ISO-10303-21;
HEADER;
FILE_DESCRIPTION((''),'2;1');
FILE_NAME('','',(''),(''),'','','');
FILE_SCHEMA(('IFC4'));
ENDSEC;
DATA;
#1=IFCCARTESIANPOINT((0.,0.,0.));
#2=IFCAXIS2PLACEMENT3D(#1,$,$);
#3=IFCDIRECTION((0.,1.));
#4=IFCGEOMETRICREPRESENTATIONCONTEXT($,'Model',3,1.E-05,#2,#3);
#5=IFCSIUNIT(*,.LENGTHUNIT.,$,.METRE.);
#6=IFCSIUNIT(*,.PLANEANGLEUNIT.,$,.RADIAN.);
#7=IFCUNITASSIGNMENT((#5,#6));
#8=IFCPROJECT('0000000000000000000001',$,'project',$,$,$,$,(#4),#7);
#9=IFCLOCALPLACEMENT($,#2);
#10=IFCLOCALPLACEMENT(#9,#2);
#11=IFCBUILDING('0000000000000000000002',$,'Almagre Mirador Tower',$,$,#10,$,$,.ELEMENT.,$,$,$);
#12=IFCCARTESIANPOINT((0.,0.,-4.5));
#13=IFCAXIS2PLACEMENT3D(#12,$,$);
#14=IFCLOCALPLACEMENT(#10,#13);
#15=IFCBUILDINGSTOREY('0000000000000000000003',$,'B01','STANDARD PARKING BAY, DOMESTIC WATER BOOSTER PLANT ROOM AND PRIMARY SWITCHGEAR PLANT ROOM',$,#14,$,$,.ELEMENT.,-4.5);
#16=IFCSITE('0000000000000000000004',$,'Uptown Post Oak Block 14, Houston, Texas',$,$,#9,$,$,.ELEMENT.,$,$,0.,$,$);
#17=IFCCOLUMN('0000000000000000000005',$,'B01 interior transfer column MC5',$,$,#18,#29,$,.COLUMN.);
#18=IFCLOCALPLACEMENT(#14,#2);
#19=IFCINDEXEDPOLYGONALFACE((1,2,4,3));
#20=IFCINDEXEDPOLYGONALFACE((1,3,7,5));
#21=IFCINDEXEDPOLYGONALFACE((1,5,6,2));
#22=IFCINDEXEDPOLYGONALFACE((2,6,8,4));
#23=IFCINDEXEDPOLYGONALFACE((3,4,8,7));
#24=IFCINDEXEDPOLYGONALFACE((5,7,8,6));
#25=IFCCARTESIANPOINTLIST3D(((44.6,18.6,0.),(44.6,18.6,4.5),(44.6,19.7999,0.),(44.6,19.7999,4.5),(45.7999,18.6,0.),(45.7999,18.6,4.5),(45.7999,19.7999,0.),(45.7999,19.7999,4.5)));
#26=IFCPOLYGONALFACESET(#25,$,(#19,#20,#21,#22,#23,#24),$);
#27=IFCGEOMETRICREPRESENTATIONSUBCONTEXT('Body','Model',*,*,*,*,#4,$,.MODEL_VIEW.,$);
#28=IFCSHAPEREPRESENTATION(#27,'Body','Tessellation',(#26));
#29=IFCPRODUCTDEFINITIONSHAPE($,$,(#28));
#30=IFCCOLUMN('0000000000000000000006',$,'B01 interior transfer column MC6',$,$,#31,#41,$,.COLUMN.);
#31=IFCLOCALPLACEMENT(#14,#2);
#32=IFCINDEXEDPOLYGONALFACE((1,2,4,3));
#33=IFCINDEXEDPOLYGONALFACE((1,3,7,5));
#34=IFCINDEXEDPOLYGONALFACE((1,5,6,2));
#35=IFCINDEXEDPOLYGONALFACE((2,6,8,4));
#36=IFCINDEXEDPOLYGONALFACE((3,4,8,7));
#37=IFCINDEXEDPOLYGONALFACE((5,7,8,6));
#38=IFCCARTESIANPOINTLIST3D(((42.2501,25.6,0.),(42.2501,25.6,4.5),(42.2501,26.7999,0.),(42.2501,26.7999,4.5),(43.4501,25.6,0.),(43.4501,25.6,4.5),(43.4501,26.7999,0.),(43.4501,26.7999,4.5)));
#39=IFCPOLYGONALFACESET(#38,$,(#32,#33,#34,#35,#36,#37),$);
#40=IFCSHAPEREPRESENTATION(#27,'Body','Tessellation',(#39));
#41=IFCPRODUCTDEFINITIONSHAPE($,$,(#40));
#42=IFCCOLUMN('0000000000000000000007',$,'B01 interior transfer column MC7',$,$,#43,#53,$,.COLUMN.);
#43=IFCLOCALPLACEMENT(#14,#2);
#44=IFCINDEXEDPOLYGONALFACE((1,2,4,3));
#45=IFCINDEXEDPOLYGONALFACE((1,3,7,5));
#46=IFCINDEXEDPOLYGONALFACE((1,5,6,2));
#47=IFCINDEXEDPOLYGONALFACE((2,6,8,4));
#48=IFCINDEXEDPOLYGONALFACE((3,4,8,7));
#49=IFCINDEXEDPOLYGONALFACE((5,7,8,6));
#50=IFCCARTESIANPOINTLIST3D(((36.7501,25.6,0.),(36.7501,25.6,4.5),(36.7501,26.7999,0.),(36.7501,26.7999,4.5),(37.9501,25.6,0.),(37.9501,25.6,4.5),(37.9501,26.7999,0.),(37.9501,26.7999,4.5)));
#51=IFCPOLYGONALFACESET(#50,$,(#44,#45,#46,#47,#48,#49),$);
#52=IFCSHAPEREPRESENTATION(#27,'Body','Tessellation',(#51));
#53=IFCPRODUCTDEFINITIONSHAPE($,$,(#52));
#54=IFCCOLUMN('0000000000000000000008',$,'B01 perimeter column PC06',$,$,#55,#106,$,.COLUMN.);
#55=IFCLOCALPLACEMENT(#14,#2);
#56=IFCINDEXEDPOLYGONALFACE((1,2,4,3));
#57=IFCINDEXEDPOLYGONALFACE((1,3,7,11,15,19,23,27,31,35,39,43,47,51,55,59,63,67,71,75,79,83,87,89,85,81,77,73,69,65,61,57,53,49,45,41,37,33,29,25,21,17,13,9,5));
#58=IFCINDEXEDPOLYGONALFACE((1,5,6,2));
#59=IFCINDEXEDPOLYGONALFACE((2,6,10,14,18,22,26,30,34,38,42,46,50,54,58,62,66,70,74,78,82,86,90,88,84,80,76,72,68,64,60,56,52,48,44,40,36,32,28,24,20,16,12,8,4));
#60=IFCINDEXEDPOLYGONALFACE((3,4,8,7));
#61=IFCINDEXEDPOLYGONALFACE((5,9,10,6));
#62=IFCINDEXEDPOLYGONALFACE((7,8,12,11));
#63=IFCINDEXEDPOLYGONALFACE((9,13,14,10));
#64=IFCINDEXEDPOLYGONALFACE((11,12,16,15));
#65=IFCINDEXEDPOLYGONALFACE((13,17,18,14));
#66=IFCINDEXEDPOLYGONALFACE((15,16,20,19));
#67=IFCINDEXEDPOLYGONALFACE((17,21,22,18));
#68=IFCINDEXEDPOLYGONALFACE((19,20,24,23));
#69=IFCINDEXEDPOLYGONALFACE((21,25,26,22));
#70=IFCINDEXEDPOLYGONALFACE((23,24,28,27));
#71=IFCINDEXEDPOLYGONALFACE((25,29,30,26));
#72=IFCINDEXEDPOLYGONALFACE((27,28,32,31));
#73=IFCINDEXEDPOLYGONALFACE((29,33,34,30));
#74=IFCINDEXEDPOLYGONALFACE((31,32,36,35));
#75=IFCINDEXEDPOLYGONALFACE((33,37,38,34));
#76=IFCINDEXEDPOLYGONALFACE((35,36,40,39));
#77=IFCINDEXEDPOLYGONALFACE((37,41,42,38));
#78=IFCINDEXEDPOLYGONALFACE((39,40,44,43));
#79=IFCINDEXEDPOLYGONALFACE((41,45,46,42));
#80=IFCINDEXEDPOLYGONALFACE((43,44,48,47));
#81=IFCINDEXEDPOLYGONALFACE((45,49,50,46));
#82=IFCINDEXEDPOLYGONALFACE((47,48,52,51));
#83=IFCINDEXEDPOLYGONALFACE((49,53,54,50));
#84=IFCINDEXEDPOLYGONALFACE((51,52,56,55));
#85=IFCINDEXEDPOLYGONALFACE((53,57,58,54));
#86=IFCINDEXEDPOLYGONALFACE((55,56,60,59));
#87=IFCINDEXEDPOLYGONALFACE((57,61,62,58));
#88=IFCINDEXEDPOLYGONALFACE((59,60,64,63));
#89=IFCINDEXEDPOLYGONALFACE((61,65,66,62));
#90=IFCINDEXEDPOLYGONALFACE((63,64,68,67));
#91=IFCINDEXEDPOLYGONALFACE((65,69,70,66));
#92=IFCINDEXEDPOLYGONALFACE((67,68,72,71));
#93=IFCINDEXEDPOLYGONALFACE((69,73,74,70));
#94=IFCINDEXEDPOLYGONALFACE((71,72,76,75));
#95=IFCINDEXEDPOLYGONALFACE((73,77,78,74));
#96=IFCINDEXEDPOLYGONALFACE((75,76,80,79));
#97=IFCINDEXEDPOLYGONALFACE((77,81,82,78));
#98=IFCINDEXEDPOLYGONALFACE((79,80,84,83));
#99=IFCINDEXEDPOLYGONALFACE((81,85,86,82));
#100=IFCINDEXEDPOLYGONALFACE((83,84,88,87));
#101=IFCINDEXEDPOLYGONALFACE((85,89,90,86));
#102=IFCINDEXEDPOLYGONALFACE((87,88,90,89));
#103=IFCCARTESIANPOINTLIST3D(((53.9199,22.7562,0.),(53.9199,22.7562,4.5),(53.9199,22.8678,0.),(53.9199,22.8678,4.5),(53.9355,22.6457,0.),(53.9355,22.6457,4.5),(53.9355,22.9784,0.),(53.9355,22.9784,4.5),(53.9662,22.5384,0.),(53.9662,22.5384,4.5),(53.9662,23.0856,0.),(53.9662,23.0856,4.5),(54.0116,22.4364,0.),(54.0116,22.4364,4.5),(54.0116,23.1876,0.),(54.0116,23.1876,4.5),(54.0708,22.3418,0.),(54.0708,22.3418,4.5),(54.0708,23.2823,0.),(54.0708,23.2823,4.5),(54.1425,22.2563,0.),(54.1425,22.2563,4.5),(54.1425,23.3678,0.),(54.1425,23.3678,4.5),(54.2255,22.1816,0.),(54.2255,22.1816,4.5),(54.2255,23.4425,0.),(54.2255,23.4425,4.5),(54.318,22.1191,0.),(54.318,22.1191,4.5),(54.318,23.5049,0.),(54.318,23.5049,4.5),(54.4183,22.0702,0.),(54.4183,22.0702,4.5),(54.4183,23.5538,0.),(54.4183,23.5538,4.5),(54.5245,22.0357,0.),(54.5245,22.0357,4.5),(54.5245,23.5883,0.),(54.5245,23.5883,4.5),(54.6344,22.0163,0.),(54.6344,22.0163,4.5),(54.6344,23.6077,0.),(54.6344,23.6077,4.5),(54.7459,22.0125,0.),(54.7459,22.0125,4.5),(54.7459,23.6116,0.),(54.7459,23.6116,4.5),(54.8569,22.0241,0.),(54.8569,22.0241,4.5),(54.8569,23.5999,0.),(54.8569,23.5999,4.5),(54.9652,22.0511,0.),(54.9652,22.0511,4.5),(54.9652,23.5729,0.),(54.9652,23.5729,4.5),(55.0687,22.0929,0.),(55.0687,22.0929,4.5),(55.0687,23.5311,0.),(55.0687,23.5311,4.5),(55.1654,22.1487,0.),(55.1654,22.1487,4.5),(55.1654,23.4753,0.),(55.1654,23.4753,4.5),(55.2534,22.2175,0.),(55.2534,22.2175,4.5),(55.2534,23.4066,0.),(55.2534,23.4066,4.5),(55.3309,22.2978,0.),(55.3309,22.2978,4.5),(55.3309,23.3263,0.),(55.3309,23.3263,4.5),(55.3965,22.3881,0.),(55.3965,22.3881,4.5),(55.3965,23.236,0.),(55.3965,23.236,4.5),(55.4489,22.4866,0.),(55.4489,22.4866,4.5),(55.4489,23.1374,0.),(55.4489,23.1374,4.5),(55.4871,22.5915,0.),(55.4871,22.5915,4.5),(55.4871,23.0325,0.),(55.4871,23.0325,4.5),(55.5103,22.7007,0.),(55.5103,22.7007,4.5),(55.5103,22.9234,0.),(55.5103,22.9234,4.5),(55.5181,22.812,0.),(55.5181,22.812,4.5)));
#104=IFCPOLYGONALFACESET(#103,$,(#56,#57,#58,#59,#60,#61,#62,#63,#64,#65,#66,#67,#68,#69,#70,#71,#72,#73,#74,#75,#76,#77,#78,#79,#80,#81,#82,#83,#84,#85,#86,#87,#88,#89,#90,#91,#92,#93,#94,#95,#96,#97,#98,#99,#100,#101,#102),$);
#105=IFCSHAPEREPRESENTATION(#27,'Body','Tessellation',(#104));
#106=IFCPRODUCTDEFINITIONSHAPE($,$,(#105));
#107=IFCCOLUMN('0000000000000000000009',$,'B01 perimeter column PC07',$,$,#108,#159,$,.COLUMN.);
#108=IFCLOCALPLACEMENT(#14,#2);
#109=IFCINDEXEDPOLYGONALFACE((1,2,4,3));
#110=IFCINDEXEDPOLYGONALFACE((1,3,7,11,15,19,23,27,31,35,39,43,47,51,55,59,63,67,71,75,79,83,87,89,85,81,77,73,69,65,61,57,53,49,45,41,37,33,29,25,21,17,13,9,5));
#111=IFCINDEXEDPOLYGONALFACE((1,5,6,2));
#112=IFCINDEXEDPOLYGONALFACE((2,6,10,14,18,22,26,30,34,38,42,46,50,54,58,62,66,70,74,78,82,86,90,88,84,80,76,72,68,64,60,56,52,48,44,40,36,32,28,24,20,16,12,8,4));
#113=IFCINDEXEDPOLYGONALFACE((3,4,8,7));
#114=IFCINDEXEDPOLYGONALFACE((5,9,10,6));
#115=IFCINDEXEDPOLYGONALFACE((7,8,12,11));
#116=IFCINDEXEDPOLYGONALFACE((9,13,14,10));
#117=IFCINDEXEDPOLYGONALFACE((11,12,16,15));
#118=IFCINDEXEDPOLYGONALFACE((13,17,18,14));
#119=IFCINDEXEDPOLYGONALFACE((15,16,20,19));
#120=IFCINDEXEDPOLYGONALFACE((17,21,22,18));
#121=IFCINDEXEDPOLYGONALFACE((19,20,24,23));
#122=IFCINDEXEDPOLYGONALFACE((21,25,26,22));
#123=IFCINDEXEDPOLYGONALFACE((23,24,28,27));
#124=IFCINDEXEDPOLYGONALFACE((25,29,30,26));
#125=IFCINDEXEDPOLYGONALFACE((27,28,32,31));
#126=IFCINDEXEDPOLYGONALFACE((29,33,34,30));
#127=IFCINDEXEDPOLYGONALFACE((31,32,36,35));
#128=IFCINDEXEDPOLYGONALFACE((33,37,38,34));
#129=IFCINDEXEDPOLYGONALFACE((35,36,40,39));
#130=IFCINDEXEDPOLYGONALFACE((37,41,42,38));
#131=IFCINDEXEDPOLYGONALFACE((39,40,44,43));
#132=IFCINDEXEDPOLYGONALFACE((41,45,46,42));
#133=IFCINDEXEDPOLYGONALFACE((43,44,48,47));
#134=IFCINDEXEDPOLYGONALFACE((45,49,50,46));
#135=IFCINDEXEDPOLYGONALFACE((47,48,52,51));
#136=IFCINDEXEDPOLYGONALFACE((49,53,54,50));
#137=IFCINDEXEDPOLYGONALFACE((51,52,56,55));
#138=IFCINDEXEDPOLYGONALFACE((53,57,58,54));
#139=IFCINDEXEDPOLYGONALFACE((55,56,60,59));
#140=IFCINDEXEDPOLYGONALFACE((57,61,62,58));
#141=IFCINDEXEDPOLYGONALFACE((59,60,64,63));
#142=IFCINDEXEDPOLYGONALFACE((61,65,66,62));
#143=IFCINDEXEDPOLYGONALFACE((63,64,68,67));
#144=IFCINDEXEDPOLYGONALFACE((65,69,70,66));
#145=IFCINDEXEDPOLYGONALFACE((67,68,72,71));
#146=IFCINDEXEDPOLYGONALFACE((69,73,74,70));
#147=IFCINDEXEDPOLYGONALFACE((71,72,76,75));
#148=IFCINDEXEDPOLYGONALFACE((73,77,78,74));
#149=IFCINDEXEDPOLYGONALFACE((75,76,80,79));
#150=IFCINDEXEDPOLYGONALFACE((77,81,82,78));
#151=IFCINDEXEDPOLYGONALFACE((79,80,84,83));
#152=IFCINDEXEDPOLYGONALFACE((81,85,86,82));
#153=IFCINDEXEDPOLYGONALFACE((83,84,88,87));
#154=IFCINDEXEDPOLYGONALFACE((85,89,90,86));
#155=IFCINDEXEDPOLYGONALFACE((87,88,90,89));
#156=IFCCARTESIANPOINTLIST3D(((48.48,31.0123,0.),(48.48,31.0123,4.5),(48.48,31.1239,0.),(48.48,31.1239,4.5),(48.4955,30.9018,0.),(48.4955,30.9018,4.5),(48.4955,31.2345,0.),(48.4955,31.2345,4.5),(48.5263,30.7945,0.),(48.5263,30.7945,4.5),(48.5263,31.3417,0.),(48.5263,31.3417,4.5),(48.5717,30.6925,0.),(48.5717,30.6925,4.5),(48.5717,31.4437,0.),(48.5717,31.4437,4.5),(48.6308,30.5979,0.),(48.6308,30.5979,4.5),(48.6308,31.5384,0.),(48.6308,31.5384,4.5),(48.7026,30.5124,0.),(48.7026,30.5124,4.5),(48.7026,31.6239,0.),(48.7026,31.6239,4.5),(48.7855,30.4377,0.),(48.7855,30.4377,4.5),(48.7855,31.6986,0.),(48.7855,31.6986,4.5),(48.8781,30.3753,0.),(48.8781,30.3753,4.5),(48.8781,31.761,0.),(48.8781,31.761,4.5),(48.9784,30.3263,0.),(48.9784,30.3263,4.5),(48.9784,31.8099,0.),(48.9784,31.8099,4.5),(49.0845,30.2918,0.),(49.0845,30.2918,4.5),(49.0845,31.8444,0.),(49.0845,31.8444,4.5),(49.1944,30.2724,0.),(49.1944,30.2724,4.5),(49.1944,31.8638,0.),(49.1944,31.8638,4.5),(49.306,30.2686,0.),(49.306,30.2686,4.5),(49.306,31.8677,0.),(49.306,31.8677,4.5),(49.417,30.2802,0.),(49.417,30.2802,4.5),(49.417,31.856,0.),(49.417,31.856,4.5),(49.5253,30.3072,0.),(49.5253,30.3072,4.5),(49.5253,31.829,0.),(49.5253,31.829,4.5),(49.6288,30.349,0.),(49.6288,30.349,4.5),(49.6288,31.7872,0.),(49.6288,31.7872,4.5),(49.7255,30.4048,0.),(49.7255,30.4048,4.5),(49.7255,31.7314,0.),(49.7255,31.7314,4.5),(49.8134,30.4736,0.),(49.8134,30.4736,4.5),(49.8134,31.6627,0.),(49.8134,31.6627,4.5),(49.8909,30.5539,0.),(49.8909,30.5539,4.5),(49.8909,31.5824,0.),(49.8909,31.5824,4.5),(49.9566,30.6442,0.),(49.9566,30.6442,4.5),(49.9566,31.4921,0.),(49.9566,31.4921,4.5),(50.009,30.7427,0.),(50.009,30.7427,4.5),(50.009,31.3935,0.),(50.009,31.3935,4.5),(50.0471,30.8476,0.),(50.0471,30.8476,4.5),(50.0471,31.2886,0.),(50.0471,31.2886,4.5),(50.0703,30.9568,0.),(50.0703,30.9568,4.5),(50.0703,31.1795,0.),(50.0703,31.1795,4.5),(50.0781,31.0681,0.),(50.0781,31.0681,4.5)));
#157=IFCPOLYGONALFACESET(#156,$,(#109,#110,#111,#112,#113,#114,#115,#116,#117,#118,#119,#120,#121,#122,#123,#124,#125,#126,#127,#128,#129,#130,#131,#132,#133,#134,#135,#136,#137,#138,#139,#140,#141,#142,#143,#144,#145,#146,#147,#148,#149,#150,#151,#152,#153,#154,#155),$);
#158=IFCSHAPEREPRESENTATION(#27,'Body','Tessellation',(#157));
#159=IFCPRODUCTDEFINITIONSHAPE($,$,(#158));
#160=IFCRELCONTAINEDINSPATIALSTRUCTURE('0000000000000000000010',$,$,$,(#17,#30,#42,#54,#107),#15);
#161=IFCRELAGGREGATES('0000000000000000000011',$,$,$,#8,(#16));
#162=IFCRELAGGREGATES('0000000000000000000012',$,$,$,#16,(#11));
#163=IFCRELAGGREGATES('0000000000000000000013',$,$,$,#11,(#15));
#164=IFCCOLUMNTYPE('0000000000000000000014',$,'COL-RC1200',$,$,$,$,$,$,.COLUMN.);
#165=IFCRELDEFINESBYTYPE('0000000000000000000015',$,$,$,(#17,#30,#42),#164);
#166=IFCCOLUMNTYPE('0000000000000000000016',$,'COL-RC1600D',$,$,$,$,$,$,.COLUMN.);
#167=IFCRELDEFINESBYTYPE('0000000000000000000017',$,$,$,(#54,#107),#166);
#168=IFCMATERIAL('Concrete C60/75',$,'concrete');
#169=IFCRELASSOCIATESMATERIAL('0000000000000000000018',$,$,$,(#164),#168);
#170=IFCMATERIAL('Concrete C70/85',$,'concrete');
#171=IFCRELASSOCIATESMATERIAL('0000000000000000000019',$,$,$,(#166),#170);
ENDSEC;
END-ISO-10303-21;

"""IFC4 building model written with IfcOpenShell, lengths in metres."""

from ifc_helpers import new_model, si_unit, direction, frame, origin, origin_2d, place, context, subcontext, project, spatial, rectangle, circle, extrude, material, material_profile, profile_set, type_object, element, save


model = new_model("IFC4")

# Units and contexts
model_context = context("Model", 3, precision=1e-05, world=origin(), true_north=direction((0.0, 1.0)))
body_context = subcontext(model_context, "Body", "Model", "MODEL_VIEW")
ifc_project = project(units=[si_unit("LENGTHUNIT", "METRE"), si_unit("PLANEANGLEUNIT", "RADIAN")], contexts=[model_context])

# Site, building, storey
site_placement = place(None, origin())
site = spatial("IfcSite", under=ifc_project, at=site_placement, Name="Uptown Post Oak Block 14, Houston, Texas", CompositionType="ELEMENT", RefElevation=0.0)
building_placement = place(site_placement, origin())
building = spatial("IfcBuilding", under=site, at=building_placement, Name="Almagre Mirador Tower", CompositionType="ELEMENT")
storey_placement = place(building_placement, frame((0.0, 0.0, -4.5)))
storey = spatial("IfcBuildingStorey", under=building, at=storey_placement, Name="B01", Description="STANDARD PARKING BAY, DOMESTIC WATER BOOSTER PLANT ROOM AND PRIMARY SWITCHGEAR PLANT ROOM", CompositionType="ELEMENT", Elevation=-4.5)

# Columns
ifc_material_1 = material(Name="Concrete C60/75", Category="concrete")
ifc_material_profile_1 = material_profile(ifc_material_1, rectangle(XDim=1.2, YDim=1.2, at=origin_2d()), Name="RC1200X1200")
ifc_profile_set_1 = profile_set([ifc_material_profile_1], Name="Concrete C60/75")
column_type_1 = type_object("IfcColumnType", Name="COL-RC1200", PredefinedType="COLUMN", material=ifc_profile_set_1)
for number, where, z_axis, x_axis, name in (
    (1, (45.2, 19.2, 0.0), (0.0, 0.0, 1.0), (1.0, 0.0, 0.0), "B01 interior transfer column MC5"),
    (2, (42.8501, 26.2, 0.0), (0.0, 0.0, 1.0), (1.0, 0.0, 0.0), "B01 interior transfer column MC6"),
    (3, (37.3501, 26.2, 0.0), (0.0, 0.0, 1.0), (1.0, 0.0, 0.0), "B01 interior transfer column MC7"),
):
    element("IfcColumn", number, at=place(storey_placement, frame(where, z_axis=z_axis, x_axis=x_axis)), inside=storey, type_object=column_type_1, Name=name, PredefinedType="COLUMN", context=body_context, shape_type="SweptSolid", body=[
        extrude(rectangle(XDim=1.2, YDim=1.2, at=origin_2d()), origin(), (0.0, 0.0, 1.0), 4.5),
    ])
ifc_material_2 = material(Name="Concrete C70/85", Category="concrete")
ifc_material_profile_2 = material_profile(ifc_material_2, circle(Radius=0.8, at=origin_2d()), Name="RC1600D")
ifc_profile_set_2 = profile_set([ifc_material_profile_2], Name="Concrete C70/85")
column_type_2 = type_object("IfcColumnType", Name="COL-RC1600D", PredefinedType="COLUMN", material=ifc_profile_set_2)
for number, where, z_axis, x_axis, name in (
    (4, (54.718, 22.812, 0.0), (0.0, 0.0, 1.0), (1.0, 0.0, 0.0), "B01 perimeter column PC06"),
    (5, (49.2781, 31.0681, 0.0), (0.0, 0.0, 1.0), (1.0, 0.0, 0.0), "B01 perimeter column PC07"),
):
    element("IfcColumn", number, at=place(storey_placement, frame(where, z_axis=z_axis, x_axis=x_axis)), inside=storey, type_object=column_type_2, Name=name, PredefinedType="COLUMN", context=body_context, shape_type="SweptSolid", body=[
        extrude(circle(Radius=0.8, at=origin_2d()), origin(), (0.0, 0.0, 1.0), 4.5),
    ])

save(model, "model.ifc")
